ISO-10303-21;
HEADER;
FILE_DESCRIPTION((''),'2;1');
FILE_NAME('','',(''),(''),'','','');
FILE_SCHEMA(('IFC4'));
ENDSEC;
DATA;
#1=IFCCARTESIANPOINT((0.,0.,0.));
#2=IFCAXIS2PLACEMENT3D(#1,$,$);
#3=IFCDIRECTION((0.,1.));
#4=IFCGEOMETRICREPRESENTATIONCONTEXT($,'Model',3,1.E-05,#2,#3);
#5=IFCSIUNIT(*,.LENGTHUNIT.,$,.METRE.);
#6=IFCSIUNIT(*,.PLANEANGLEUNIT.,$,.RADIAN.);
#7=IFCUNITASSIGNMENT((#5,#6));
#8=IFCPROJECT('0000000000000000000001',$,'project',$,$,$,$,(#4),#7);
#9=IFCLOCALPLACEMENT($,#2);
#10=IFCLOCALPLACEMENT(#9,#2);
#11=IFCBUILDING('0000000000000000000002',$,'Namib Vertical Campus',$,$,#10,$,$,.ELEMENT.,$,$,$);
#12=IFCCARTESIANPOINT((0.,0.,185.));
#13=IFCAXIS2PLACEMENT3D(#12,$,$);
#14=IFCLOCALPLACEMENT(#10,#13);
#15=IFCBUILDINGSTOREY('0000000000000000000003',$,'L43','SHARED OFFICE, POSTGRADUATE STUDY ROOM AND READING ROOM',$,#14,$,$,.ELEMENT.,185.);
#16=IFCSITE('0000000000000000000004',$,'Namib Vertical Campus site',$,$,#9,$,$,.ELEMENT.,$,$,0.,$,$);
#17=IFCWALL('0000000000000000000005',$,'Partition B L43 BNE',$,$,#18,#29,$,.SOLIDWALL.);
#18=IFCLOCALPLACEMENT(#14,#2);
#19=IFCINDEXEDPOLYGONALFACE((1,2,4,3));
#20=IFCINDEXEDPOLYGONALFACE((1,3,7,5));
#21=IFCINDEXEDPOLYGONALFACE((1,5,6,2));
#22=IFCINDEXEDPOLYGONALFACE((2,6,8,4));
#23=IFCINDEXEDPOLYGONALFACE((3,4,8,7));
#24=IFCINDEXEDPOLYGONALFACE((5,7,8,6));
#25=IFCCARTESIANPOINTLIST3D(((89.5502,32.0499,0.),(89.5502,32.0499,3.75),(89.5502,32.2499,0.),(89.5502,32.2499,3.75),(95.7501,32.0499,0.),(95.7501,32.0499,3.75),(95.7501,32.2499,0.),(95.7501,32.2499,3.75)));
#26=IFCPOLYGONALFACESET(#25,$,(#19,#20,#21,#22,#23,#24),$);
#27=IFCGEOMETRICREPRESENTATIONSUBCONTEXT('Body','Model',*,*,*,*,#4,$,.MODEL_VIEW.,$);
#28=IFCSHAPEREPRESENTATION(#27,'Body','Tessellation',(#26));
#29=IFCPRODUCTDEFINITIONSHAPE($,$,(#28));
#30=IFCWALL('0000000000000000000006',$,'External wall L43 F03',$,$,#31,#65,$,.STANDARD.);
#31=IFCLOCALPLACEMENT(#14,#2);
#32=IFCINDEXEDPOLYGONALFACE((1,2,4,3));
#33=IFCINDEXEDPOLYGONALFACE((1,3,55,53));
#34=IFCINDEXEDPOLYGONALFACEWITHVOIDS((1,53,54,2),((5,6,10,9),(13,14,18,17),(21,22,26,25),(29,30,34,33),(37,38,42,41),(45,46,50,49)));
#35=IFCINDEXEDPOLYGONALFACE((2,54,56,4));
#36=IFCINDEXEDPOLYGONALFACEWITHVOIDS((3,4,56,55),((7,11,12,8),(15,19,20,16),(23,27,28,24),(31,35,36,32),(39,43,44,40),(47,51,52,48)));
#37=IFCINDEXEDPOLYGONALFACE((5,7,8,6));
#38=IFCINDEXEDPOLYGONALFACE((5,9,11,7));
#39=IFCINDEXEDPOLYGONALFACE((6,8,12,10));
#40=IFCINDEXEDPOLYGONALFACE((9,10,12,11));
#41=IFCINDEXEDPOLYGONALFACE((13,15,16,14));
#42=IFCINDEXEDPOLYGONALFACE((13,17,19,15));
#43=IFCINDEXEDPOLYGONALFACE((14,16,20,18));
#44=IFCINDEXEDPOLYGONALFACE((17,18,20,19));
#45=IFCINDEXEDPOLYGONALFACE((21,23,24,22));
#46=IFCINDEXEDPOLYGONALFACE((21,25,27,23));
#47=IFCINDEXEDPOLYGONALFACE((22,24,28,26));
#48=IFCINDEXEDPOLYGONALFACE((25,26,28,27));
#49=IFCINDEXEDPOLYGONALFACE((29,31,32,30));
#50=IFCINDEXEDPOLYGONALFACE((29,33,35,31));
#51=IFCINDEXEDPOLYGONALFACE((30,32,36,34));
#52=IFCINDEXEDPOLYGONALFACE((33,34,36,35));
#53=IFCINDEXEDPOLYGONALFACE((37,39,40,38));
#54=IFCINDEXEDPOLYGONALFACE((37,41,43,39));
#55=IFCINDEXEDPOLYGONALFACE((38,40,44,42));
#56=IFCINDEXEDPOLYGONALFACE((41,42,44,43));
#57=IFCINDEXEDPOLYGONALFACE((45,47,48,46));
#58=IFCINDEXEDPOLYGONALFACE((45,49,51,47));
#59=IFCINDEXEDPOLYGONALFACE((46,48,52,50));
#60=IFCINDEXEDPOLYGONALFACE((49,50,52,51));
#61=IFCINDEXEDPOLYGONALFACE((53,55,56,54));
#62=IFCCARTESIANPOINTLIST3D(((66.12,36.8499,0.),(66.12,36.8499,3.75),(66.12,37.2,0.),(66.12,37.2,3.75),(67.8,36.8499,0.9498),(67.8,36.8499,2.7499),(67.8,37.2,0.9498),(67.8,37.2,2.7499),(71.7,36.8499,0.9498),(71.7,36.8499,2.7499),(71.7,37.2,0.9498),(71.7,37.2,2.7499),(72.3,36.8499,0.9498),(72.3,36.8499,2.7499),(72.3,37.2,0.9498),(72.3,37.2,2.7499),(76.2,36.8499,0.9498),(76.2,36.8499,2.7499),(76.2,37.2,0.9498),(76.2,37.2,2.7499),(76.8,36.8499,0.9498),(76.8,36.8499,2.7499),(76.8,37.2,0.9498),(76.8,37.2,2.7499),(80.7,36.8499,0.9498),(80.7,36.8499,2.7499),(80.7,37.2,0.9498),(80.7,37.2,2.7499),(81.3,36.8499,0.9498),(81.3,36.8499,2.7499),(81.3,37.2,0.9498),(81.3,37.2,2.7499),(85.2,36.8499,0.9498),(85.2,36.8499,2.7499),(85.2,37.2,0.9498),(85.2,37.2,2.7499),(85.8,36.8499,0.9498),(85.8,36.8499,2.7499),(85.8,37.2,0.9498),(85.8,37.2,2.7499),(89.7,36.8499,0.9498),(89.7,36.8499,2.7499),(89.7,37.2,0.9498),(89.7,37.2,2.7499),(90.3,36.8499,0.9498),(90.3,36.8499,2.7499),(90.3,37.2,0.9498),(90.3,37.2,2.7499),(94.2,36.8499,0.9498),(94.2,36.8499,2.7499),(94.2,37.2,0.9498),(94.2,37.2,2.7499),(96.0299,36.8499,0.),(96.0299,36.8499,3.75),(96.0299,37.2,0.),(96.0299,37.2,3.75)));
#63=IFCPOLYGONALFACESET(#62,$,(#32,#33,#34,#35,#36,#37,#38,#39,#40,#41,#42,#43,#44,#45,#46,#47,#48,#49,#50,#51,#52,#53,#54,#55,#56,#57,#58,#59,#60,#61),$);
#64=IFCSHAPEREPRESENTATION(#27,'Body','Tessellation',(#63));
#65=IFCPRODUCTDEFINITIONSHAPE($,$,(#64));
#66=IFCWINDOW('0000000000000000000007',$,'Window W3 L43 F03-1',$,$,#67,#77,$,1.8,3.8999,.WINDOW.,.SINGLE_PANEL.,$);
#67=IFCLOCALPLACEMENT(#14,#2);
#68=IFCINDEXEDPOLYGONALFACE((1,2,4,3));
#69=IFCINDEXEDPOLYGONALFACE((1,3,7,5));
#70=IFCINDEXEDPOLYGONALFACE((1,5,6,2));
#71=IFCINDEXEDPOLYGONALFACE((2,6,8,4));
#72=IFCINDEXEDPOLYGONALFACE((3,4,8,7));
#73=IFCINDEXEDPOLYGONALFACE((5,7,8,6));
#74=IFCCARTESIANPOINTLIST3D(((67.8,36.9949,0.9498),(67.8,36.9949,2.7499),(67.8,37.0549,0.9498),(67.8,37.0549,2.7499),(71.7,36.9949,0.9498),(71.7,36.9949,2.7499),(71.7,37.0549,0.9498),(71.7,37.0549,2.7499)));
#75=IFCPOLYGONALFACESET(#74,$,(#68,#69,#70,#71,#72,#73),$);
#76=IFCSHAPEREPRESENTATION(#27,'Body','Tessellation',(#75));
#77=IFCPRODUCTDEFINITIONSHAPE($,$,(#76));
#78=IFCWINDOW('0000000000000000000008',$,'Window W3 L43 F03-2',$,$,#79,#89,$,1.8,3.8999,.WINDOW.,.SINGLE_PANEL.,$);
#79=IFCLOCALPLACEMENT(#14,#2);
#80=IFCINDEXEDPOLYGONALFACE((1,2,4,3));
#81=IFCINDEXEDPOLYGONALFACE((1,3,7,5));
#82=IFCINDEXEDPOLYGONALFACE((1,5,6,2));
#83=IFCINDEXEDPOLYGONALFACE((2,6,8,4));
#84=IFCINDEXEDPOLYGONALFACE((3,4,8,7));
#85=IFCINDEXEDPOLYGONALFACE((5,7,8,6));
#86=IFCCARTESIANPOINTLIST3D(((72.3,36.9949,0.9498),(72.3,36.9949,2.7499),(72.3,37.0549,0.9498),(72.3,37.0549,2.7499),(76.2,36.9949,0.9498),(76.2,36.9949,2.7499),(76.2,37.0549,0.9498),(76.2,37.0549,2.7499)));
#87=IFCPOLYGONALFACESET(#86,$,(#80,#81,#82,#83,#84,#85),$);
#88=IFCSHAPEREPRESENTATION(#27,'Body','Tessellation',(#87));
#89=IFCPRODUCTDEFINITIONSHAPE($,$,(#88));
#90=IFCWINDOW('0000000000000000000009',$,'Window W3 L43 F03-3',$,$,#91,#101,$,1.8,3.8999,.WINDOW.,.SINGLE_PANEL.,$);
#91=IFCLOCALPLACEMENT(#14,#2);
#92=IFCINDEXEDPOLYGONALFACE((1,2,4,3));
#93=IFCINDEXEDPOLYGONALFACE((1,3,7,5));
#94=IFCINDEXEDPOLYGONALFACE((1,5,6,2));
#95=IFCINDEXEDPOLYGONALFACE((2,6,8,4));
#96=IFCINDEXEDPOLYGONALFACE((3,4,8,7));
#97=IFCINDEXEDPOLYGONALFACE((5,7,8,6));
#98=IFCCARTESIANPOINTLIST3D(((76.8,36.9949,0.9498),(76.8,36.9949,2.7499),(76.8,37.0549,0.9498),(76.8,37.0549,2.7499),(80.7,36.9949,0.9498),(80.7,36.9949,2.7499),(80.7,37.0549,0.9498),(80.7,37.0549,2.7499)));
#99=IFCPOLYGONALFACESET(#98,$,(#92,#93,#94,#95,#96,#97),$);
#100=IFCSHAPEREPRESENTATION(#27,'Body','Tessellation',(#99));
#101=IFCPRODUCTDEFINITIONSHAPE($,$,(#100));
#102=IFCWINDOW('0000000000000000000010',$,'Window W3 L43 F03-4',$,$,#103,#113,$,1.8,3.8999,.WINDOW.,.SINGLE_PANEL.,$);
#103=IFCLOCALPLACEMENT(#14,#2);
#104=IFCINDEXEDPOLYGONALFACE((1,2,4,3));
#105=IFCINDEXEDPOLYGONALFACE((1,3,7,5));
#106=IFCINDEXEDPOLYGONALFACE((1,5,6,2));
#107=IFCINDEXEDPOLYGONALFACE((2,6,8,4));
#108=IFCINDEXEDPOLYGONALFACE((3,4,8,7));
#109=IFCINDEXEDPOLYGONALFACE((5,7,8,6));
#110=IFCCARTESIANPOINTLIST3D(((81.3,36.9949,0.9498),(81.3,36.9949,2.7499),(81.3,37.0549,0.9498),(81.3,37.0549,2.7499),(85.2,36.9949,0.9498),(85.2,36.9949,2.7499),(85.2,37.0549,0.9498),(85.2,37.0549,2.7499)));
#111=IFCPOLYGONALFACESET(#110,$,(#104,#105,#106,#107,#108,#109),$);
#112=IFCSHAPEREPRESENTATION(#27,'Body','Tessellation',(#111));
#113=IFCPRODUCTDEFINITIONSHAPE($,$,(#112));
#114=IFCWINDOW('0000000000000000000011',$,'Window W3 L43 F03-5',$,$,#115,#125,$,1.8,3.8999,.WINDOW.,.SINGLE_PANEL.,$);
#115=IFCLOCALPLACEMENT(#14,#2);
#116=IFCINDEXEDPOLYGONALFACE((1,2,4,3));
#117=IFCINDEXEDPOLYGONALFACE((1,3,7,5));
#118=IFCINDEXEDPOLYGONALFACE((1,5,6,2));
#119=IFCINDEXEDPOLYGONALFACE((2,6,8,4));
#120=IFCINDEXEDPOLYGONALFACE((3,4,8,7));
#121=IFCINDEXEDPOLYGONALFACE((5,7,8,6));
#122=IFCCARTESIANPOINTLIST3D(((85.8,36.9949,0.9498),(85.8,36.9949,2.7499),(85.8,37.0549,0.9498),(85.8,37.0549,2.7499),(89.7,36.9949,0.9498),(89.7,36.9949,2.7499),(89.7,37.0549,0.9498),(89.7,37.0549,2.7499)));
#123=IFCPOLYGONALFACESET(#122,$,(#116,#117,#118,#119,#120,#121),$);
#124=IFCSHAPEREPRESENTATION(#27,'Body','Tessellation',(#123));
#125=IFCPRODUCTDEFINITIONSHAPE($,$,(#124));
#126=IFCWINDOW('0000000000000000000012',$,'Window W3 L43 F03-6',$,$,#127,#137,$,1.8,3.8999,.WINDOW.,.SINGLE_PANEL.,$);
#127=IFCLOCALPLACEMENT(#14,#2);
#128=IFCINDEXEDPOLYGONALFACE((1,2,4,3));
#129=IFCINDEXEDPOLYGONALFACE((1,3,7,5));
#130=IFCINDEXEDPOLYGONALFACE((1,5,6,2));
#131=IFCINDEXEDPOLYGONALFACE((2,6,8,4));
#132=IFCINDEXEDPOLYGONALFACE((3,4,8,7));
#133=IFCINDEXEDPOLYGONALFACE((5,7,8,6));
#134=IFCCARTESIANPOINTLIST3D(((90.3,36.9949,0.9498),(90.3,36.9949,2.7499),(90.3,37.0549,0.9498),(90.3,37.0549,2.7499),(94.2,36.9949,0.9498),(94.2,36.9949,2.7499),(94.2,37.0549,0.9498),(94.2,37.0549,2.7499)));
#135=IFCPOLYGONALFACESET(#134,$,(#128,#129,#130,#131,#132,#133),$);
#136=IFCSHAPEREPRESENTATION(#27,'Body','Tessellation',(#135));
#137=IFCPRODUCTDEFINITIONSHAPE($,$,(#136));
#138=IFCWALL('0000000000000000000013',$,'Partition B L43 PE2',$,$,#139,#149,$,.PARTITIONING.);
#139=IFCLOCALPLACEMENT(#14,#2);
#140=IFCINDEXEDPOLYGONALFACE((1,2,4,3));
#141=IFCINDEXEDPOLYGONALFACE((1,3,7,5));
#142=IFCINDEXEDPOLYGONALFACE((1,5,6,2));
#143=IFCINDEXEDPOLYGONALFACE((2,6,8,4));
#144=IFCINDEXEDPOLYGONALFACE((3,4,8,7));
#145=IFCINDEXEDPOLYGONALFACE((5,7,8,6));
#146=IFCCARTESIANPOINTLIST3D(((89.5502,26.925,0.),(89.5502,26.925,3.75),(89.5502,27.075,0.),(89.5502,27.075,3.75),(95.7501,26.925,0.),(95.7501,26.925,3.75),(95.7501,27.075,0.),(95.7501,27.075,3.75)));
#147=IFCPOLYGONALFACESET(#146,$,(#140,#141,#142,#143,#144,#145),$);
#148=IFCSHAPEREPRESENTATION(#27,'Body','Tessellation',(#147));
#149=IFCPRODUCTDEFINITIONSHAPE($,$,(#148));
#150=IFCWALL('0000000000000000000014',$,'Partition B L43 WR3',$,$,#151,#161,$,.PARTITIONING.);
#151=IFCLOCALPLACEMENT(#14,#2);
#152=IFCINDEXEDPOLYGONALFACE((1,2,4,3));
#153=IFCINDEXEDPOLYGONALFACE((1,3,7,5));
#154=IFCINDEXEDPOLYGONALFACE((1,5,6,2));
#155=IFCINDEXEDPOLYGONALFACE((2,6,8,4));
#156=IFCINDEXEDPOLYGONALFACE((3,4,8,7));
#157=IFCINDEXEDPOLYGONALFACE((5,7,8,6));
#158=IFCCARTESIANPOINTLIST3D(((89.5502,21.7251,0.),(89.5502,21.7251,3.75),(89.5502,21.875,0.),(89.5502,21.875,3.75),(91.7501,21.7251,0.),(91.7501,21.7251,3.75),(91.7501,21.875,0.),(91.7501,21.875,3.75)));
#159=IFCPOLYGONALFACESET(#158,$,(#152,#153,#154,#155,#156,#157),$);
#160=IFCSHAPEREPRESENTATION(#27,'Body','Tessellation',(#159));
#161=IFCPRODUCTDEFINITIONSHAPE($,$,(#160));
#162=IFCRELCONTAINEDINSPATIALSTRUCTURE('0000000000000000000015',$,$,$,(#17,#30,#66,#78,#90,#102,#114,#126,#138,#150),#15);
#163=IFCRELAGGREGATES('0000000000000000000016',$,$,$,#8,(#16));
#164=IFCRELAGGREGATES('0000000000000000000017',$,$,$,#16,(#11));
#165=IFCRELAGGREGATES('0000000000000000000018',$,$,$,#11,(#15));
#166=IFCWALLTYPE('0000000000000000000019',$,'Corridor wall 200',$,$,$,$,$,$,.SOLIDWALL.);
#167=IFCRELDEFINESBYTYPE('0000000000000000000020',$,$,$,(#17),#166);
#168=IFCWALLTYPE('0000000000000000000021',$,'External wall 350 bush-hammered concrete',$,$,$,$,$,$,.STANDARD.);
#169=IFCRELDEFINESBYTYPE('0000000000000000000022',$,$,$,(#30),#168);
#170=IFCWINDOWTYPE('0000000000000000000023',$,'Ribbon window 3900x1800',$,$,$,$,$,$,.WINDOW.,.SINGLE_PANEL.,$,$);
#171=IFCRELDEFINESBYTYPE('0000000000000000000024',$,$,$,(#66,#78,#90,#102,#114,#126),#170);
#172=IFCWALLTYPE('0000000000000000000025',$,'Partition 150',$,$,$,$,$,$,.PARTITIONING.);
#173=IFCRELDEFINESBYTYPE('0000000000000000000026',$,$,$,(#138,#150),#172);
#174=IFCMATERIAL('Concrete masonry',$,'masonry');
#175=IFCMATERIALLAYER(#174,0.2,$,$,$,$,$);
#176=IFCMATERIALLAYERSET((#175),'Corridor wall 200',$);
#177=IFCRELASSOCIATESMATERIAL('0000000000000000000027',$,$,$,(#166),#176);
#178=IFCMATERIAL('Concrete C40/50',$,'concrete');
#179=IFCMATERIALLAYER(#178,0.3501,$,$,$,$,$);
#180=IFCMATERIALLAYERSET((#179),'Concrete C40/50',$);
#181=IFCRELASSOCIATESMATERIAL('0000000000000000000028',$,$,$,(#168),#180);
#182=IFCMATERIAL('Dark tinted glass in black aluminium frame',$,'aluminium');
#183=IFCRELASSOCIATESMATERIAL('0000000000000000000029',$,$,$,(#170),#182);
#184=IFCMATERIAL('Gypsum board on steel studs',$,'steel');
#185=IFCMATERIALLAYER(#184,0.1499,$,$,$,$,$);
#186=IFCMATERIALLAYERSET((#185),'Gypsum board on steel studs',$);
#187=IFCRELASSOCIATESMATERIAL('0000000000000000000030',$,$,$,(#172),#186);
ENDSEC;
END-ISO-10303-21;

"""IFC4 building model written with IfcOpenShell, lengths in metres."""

from ifc_helpers import new_model, si_unit, direction, frame, frame_2d, origin, place, context, subcontext, project, spatial, rectangle, extrude, material, layer, layer_set, type_object, element, fill, save


model = new_model("IFC4")

# Units and contexts
model_context = context("Model", 3, precision=1e-05, world=origin(), true_north=direction((0.0, 1.0)))
body_context = subcontext(model_context, "Body", "Model", "MODEL_VIEW")
ifc_project = project(units=[si_unit("LENGTHUNIT", "METRE"), si_unit("PLANEANGLEUNIT", "RADIAN")], contexts=[model_context])

# Site, building, storey
site_placement = place(None, origin())
site = spatial("IfcSite", under=ifc_project, at=site_placement, Name="Namib Vertical Campus site", CompositionType="ELEMENT", RefElevation=0.0)
building_placement = place(site_placement, origin())
building = spatial("IfcBuilding", under=site, at=building_placement, Name="Namib Vertical Campus", CompositionType="ELEMENT")
storey_placement = place(building_placement, frame((0.0, 0.0, 185.0)))
storey = spatial("IfcBuildingStorey", under=building, at=storey_placement, Name="L43", Description="SHARED OFFICE, POSTGRADUATE STUDY ROOM AND READING ROOM", CompositionType="ELEMENT", Elevation=185.0)

# Shared definitions
ifc_material_1 = material(Name="Concrete masonry", Category="masonry")
ifc_layer_1 = layer(ifc_material_1, 0.2)
ifc_layer_set_1 = layer_set([ifc_layer_1], Name="Corridor wall 200")
wall_type_1 = type_object("IfcWallType", Name="Corridor wall 200", PredefinedType="SOLIDWALL", material=ifc_layer_set_1)

# Wall
wall_1_placement = place(storey_placement, frame((89.55, 32.1499, 0.0), z_axis=(0.0, 0.0, 1.0), x_axis=(1.0, 0.0, 0.0)))
element("IfcWall", 1, at=wall_1_placement, inside=storey, type_object=wall_type_1, Name="Partition B L43 BNE", PredefinedType="SOLIDWALL", context=body_context, shape_type="SweptSolid", body=[
    extrude(rectangle(XDim=6.2, YDim=0.2, at=frame_2d((3.1001, 0.0))), origin(), (0.0, 0.0, 1.0), 3.75),
])

# Wall, openings, windows
ifc_material_2 = material(Name="Concrete C40/50", Category="concrete")
ifc_layer_2 = layer(ifc_material_2, 0.3501)
ifc_layer_set_2 = layer_set([ifc_layer_2], Name="Concrete C40/50")
wall_type_2 = type_object("IfcWallType", Name="External wall 350 bush-hammered concrete", PredefinedType="STANDARD", material=ifc_layer_set_2)
wall_2_placement = place(storey_placement, frame((96.03, 37.0249, 0.0), z_axis=(0.0, 0.0, 1.0), x_axis=(-1.0, 0.0, 0.0)))
wall_2 = element("IfcWall", 2, at=wall_2_placement, inside=storey, type_object=wall_type_2, Name="External wall L43 F03", PredefinedType="STANDARD", context=body_context, shape_type="SweptSolid", body=[
    extrude(rectangle(XDim=29.9099, YDim=0.3501, at=frame_2d((14.9551, 0.0))), origin(), (0.0, 0.0, 1.0), 3.75),
])
opening_1_placement = place(wall_2_placement, frame((24.3301, 0.0, 0.95)))
opening_1 = element("IfcOpeningElement", 3, at=opening_1_placement, cuts=wall_2, PredefinedType="OPENING", context=body_context, shape_type="SweptSolid", body=[
    extrude(rectangle(XDim=3.8999, YDim=1.8, at=frame_2d((1.95, 0.8999))), frame((0.0, 0.1851, 0.0), z_axis=(0.0, -1.0, 0.0), x_axis=(1.0, 0.0, 0.0)), (0.0, 0.0, 1.0), 0.3701),
])
opening_2_placement = place(wall_2_placement, frame((19.8301, 0.0, 0.95)))
opening_2 = element("IfcOpeningElement", 4, at=opening_2_placement, cuts=wall_2, PredefinedType="OPENING", context=body_context, shape_type="SweptSolid", body=[
    extrude(rectangle(XDim=3.8999, YDim=1.8, at=frame_2d((1.95, 0.8999))), frame((0.0, 0.1851, 0.0), z_axis=(0.0, -1.0, 0.0), x_axis=(1.0, 0.0, 0.0)), (0.0, 0.0, 1.0), 0.3701),
])
opening_3_placement = place(wall_2_placement, frame((15.3301, 0.0, 0.95)))
opening_3 = element("IfcOpeningElement", 5, at=opening_3_placement, cuts=wall_2, PredefinedType="OPENING", context=body_context, shape_type="SweptSolid", body=[
    extrude(rectangle(XDim=3.8999, YDim=1.8, at=frame_2d((1.95, 0.8999))), frame((0.0, 0.1851, 0.0), z_axis=(0.0, -1.0, 0.0), x_axis=(1.0, 0.0, 0.0)), (0.0, 0.0, 1.0), 0.3701),
])
opening_4_placement = place(wall_2_placement, frame((10.8301, 0.0, 0.95)))
opening_4 = element("IfcOpeningElement", 6, at=opening_4_placement, cuts=wall_2, PredefinedType="OPENING", context=body_context, shape_type="SweptSolid", body=[
    extrude(rectangle(XDim=3.8999, YDim=1.8, at=frame_2d((1.95, 0.8999))), frame((0.0, 0.1851, 0.0), z_axis=(0.0, -1.0, 0.0), x_axis=(1.0, 0.0, 0.0)), (0.0, 0.0, 1.0), 0.3701),
])
opening_5_placement = place(wall_2_placement, frame((6.3301, 0.0, 0.95)))
opening_5 = element("IfcOpeningElement", 7, at=opening_5_placement, cuts=wall_2, PredefinedType="OPENING", context=body_context, shape_type="SweptSolid", body=[
    extrude(rectangle(XDim=3.8999, YDim=1.8, at=frame_2d((1.95, 0.8999))), frame((0.0, 0.1851, 0.0), z_axis=(0.0, -1.0, 0.0), x_axis=(1.0, 0.0, 0.0)), (0.0, 0.0, 1.0), 0.3701),
])
opening_6_placement = place(wall_2_placement, frame((1.8301, 0.0, 0.95)))
opening_6 = element("IfcOpeningElement", 8, at=opening_6_placement, cuts=wall_2, PredefinedType="OPENING", context=body_context, shape_type="SweptSolid", body=[
    extrude(rectangle(XDim=3.8999, YDim=1.8, at=frame_2d((1.95, 0.8999))), frame((0.0, 0.1851, 0.0), z_axis=(0.0, -1.0, 0.0), x_axis=(1.0, 0.0, 0.0)), (0.0, 0.0, 1.0), 0.3701),
])
ifc_material_3 = material(Name="Dark tinted glass in black aluminium frame", Category="aluminium")
window_type = type_object("IfcWindowType", Name="Ribbon window 3900x1800", PartitioningType="SINGLE_PANEL", PredefinedType="WINDOW", material=ifc_material_3)
window_1_placement = place(opening_1_placement, origin())
window_1 = element("IfcWindow", 9, at=window_1_placement, inside=storey, type_object=window_type, Name="Window W3 L43 F03-1", OverallHeight=1.8, OverallWidth=3.8999, PartitioningType="SINGLE_PANEL", PredefinedType="WINDOW", context=body_context, shape_type="SweptSolid", body=[
    extrude(rectangle(XDim=3.8999, YDim=1.8, at=frame_2d((1.95, 0.8999))), frame((0.0, 0.03, 0.0), z_axis=(0.0, -1.0, 0.0), x_axis=(1.0, 0.0, 0.0)), (0.0, 0.0, 1.0), 0.0601),
])
fill(opening_1, window_1)
window_2_placement = place(opening_2_placement, origin())
window_2 = element("IfcWindow", 10, at=window_2_placement, inside=storey, type_object=window_type, Name="Window W3 L43 F03-2", OverallHeight=1.8, OverallWidth=3.8999, PartitioningType="SINGLE_PANEL", PredefinedType="WINDOW", context=body_context, shape_type="SweptSolid", body=[
    extrude(rectangle(XDim=3.8999, YDim=1.8, at=frame_2d((1.95, 0.8999))), frame((0.0, 0.03, 0.0), z_axis=(0.0, -1.0, 0.0), x_axis=(1.0, 0.0, 0.0)), (0.0, 0.0, 1.0), 0.0601),
])
fill(opening_2, window_2)
window_3_placement = place(opening_3_placement, origin())
window_3 = element("IfcWindow", 11, at=window_3_placement, inside=storey, type_object=window_type, Name="Window W3 L43 F03-3", OverallHeight=1.8, OverallWidth=3.8999, PartitioningType="SINGLE_PANEL", PredefinedType="WINDOW", context=body_context, shape_type="SweptSolid", body=[
    extrude(rectangle(XDim=3.8999, YDim=1.8, at=frame_2d((1.95, 0.8999))), frame((0.0, 0.03, 0.0), z_axis=(0.0, -1.0, 0.0), x_axis=(1.0, 0.0, 0.0)), (0.0, 0.0, 1.0), 0.0601),
])
fill(opening_3, window_3)
window_4_placement = place(opening_4_placement, origin())
window_4 = element("IfcWindow", 12, at=window_4_placement, inside=storey, type_object=window_type, Name="Window W3 L43 F03-4", OverallHeight=1.8, OverallWidth=3.8999, PartitioningType="SINGLE_PANEL", PredefinedType="WINDOW", context=body_context, shape_type="SweptSolid", body=[
    extrude(rectangle(XDim=3.8999, YDim=1.8, at=frame_2d((1.95, 0.8999))), frame((0.0, 0.03, 0.0), z_axis=(0.0, -1.0, 0.0), x_axis=(1.0, 0.0, 0.0)), (0.0, 0.0, 1.0), 0.0601),
])
fill(opening_4, window_4)
window_5_placement = place(opening_5_placement, origin())
window_5 = element("IfcWindow", 13, at=window_5_placement, inside=storey, type_object=window_type, Name="Window W3 L43 F03-5", OverallHeight=1.8, OverallWidth=3.8999, PartitioningType="SINGLE_PANEL", PredefinedType="WINDOW", context=body_context, shape_type="SweptSolid", body=[
    extrude(rectangle(XDim=3.8999, YDim=1.8, at=frame_2d((1.95, 0.8999))), frame((0.0, 0.03, 0.0), z_axis=(0.0, -1.0, 0.0), x_axis=(1.0, 0.0, 0.0)), (0.0, 0.0, 1.0), 0.0601),
])
fill(opening_5, window_5)
window_6_placement = place(opening_6_placement, origin())
window_6 = element("IfcWindow", 14, at=window_6_placement, inside=storey, type_object=window_type, Name="Window W3 L43 F03-6", OverallHeight=1.8, OverallWidth=3.8999, PartitioningType="SINGLE_PANEL", PredefinedType="WINDOW", context=body_context, shape_type="SweptSolid", body=[
    extrude(rectangle(XDim=3.8999, YDim=1.8, at=frame_2d((1.95, 0.8999))), frame((0.0, 0.03, 0.0), z_axis=(0.0, -1.0, 0.0), x_axis=(1.0, 0.0, 0.0)), (0.0, 0.0, 1.0), 0.0601),
])
fill(opening_6, window_6)

# Walls
ifc_material_4 = material(Name="Gypsum board on steel studs", Category="steel")
ifc_layer_3 = layer(ifc_material_4, 0.1499)
ifc_layer_set_3 = layer_set([ifc_layer_3], Name="Gypsum board on steel studs")
wall_type_3 = type_object("IfcWallType", Name="Partition 150", PredefinedType="PARTITIONING", material=ifc_layer_set_3)
wall_3_placement = place(storey_placement, frame((89.55, 27.0, 0.0), z_axis=(0.0, 0.0, 1.0), x_axis=(1.0, 0.0, 0.0)))
element("IfcWall", 15, at=wall_3_placement, inside=storey, type_object=wall_type_3, Name="Partition B L43 PE2", PredefinedType="PARTITIONING", context=body_context, shape_type="SweptSolid", body=[
    extrude(rectangle(XDim=6.2, YDim=0.1499, at=frame_2d((3.1001, 0.0))), origin(), (0.0, 0.0, 1.0), 3.75),
])
wall_4_placement = place(storey_placement, frame((89.55, 21.8, 0.0), z_axis=(0.0, 0.0, 1.0), x_axis=(1.0, 0.0, 0.0)))
element("IfcWall", 16, at=wall_4_placement, inside=storey, type_object=wall_type_3, Name="Partition B L43 WR3", PredefinedType="PARTITIONING", context=body_context, shape_type="SweptSolid", body=[
    extrude(rectangle(XDim=2.2, YDim=0.1499, at=frame_2d((1.1001, 0.0))), origin(), (0.0, 0.0, 1.0), 3.75),
])

save(model, "model.ifc")
